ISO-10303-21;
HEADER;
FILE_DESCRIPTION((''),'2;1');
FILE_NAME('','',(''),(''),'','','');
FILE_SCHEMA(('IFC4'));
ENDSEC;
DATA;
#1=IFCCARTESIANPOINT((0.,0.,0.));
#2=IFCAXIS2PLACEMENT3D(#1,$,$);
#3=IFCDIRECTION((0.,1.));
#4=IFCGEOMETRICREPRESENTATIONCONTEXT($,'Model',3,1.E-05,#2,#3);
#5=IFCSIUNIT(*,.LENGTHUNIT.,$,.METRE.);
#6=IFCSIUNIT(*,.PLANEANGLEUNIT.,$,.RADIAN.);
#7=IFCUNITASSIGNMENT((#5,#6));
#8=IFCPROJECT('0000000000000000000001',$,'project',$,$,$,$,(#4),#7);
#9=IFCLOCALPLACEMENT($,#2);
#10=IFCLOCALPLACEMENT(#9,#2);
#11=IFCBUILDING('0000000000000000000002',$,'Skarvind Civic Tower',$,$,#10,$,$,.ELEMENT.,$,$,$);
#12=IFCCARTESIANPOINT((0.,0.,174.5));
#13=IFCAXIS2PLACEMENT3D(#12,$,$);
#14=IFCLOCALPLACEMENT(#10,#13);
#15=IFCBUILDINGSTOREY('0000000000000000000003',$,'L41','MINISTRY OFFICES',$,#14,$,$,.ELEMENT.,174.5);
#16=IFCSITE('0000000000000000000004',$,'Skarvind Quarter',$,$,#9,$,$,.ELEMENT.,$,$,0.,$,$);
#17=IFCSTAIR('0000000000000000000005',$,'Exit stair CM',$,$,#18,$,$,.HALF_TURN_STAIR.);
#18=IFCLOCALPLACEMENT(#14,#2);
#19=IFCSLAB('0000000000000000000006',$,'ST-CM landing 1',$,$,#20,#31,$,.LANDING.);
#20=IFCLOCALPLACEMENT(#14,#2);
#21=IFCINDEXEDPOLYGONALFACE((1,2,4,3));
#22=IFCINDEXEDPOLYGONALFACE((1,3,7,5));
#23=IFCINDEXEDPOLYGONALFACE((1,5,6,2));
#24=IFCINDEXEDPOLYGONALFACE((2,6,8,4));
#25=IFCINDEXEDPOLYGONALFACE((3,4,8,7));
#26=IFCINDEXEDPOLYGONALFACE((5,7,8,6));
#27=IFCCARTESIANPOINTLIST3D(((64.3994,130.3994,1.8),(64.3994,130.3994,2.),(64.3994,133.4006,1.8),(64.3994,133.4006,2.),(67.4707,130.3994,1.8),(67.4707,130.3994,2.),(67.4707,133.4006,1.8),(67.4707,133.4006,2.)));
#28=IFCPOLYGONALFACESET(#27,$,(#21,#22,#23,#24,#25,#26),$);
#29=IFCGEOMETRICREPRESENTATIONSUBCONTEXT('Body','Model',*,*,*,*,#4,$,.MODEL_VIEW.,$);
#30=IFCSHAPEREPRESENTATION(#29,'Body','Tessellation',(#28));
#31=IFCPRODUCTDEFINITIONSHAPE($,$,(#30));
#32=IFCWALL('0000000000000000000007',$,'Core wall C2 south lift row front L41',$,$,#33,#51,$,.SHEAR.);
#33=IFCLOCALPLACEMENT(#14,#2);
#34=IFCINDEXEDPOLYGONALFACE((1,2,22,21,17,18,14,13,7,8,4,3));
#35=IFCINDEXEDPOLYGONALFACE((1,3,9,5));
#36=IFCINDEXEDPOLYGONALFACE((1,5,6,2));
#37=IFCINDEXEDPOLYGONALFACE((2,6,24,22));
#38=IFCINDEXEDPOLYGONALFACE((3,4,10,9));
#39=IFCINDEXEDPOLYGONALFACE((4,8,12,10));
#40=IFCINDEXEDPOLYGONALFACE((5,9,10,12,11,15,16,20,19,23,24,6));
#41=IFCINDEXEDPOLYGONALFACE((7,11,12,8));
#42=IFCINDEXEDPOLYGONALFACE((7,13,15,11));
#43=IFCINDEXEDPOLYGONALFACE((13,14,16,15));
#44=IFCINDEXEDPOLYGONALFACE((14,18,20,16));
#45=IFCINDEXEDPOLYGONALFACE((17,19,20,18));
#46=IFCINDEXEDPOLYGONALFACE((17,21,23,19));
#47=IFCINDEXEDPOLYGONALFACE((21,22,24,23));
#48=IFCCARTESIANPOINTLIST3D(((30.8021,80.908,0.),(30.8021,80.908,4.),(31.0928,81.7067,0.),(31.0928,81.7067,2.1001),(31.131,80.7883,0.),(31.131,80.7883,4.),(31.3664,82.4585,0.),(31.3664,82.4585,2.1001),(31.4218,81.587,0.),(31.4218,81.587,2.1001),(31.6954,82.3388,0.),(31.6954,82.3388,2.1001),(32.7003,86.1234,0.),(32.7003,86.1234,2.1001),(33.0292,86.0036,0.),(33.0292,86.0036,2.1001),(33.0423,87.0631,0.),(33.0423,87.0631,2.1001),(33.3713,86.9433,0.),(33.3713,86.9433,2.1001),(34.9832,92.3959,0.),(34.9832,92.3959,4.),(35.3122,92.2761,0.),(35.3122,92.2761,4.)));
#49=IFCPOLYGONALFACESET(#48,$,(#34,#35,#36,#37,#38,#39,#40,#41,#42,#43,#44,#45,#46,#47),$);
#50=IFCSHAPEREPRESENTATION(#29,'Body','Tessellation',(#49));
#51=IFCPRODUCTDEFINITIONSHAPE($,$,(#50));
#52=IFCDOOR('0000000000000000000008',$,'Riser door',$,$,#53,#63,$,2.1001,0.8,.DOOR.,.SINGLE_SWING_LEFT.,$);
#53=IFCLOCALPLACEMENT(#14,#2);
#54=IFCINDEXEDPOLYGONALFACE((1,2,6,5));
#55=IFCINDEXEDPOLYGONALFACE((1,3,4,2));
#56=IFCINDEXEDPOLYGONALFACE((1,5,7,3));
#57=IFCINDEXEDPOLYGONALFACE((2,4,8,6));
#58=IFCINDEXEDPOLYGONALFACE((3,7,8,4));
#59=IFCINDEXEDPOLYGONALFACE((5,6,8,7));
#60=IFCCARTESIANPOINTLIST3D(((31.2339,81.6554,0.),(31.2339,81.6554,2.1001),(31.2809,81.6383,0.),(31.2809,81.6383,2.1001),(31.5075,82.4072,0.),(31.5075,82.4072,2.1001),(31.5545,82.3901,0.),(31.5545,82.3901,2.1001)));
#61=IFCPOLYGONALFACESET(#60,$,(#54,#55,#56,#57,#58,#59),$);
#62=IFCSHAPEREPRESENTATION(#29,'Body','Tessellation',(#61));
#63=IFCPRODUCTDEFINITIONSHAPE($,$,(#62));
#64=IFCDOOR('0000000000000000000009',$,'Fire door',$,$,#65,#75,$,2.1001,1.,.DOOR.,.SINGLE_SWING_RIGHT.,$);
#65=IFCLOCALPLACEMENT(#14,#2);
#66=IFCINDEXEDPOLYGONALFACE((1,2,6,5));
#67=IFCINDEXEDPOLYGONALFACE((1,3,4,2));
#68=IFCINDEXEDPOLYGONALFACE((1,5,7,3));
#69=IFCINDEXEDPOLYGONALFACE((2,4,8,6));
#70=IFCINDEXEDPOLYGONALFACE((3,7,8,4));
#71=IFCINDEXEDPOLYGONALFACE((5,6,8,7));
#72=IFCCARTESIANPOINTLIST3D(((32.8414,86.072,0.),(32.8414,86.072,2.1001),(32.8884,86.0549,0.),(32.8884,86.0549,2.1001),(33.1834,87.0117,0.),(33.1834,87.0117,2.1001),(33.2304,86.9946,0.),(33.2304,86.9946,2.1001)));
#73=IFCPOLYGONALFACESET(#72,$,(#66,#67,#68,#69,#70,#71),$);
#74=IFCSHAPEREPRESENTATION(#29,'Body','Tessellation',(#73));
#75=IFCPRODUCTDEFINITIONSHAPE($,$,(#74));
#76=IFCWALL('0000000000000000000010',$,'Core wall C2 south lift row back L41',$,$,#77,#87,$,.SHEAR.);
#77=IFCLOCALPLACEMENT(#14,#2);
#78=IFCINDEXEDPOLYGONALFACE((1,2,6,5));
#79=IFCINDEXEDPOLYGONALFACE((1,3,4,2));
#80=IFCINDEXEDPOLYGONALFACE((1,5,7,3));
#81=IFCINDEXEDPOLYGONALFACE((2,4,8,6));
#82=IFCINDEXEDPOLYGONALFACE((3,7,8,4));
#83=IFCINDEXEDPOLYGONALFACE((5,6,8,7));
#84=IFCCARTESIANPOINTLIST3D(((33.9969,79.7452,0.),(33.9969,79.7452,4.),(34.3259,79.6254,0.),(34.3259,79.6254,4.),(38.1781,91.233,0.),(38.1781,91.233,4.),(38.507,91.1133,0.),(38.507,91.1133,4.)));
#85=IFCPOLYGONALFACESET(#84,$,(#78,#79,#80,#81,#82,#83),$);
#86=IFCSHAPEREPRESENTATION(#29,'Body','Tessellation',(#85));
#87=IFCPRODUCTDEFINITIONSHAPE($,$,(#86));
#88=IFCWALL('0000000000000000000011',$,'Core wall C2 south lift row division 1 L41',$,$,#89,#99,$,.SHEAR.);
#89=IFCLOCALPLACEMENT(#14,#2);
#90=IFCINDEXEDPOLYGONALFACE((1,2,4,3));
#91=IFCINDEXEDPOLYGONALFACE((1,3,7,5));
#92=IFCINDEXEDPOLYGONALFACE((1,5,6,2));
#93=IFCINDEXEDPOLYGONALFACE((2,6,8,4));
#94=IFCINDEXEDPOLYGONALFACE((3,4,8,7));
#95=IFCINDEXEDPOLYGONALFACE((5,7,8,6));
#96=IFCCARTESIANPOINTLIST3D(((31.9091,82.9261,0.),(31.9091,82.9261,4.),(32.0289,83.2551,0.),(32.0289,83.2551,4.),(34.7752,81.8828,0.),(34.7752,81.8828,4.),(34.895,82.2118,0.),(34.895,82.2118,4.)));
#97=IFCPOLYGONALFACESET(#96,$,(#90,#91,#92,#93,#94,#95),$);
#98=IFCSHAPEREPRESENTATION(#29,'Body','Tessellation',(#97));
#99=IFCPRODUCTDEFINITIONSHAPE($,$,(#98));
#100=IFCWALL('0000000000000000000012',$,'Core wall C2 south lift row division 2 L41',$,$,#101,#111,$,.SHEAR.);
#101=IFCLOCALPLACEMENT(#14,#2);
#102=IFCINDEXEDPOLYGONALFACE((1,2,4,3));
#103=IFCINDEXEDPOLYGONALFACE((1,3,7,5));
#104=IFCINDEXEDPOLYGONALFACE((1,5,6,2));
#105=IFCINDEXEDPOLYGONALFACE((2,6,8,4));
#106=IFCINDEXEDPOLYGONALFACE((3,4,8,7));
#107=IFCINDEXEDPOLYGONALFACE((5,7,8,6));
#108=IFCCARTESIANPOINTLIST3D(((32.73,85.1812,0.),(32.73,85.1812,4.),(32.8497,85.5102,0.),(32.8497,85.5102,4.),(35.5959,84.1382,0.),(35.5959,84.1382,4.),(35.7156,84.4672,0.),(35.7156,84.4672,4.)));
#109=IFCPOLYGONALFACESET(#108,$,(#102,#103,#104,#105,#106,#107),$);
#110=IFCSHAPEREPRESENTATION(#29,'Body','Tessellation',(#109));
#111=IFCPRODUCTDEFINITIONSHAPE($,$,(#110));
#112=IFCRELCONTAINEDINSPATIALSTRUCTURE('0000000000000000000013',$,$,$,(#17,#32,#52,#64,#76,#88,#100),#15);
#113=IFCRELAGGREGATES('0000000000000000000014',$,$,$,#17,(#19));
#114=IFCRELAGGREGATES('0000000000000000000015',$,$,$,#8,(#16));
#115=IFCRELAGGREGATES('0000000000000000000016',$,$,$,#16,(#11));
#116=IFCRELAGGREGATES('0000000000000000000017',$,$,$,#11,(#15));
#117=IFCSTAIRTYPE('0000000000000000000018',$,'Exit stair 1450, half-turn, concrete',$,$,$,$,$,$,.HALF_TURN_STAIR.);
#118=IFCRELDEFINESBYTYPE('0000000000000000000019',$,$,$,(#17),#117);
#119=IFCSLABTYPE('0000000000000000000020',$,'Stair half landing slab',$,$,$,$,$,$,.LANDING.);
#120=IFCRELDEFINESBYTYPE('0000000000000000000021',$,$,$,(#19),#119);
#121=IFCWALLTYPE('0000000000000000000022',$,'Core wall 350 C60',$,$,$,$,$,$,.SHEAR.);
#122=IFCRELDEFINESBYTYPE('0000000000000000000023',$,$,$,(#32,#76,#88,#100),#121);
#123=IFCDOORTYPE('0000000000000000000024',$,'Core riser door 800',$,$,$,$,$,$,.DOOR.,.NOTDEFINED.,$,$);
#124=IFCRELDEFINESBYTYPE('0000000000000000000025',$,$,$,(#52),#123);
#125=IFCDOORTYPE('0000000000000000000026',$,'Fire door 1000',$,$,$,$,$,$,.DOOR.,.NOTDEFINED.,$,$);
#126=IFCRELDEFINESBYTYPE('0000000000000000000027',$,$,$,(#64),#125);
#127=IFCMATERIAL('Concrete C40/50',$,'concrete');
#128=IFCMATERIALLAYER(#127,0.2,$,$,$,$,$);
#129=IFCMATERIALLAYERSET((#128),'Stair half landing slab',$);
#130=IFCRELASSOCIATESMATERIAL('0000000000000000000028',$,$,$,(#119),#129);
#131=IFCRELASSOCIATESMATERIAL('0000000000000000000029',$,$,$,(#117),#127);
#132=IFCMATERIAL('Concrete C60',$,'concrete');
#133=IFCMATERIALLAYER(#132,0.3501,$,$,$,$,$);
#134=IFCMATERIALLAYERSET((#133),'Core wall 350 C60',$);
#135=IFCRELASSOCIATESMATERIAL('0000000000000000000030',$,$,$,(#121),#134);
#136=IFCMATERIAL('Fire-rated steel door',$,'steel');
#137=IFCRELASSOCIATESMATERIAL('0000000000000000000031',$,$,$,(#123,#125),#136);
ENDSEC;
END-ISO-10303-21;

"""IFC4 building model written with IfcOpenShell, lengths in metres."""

from ifc_helpers import new_model, si_unit, direction, frame, frame_2d, origin, place, context, subcontext, project, spatial, polyline, rectangle, outline, extrude, material, layer, layer_set, type_object, element, fill, aggregate, save


model = new_model("IFC4")

# Units and contexts
model_context = context("Model", 3, precision=1e-05, world=origin(), true_north=direction((0.0, 1.0)))
body_context = subcontext(model_context, "Body", "Model", "MODEL_VIEW")
ifc_project = project(units=[si_unit("LENGTHUNIT", "METRE"), si_unit("PLANEANGLEUNIT", "RADIAN")], contexts=[model_context])

# Site, building, storey
site_placement = place(None, origin())
site = spatial("IfcSite", under=ifc_project, at=site_placement, Name="Skarvind Quarter", CompositionType="ELEMENT", RefElevation=0.0)
building_placement = place(site_placement, origin())
building = spatial("IfcBuilding", under=site, at=building_placement, Name="Skarvind Civic Tower", CompositionType="ELEMENT")
storey_placement = place(building_placement, frame((0.0, 0.0, 174.5)))
storey = spatial("IfcBuildingStorey", under=building, at=storey_placement, Name="L41", Description="MINISTRY OFFICES", CompositionType="ELEMENT", Elevation=174.5)

# Shared definitions
ifc_material_1 = material(Name="Concrete C40/50", Category="concrete")

# Stair, slab
ifc_layer_1 = layer(ifc_material_1, 0.2)
ifc_layer_set_1 = layer_set([ifc_layer_1], Name="Stair half landing slab")
slab_type_1 = type_object("IfcSlabType", Name="Stair half landing slab", PredefinedType="LANDING", material=ifc_layer_set_1)
stair_type_1 = type_object("IfcStairType", Name="Exit stair 1450, half-turn, concrete", PredefinedType="HALF_TURN_STAIR", material=ifc_material_1)
stair_1_placement = place(storey_placement, origin())
stair_1 = element("IfcStair", 1, at=stair_1_placement, inside=storey, type_object=stair_type_1, Name="Exit stair CM", PredefinedType="HALF_TURN_STAIR")
slab_1_placement = place(storey_placement, frame((0.0, 0.0, 1.8)))
slab_1 = element("IfcSlab", 2, at=slab_1_placement, type_object=slab_type_1, Name="ST-CM landing 1", PredefinedType="LANDING", context=body_context, shape_type="SweptSolid", body=[
    extrude(outline(polyline([(67.4707, 133.4006), (67.4707, 130.3994), (64.3994, 130.3994), (64.3994, 133.4006), (67.4707, 133.4006)])), origin(), (0.0, 0.0, 1.0), 0.2),
])
aggregate(stair_1, [slab_1])

# Wall, openings, doors
ifc_material_2 = material(Name="Concrete C60", Category="concrete")
ifc_layer_2 = layer(ifc_material_2, 0.3501)
ifc_layer_set_2 = layer_set([ifc_layer_2], Name="Core wall 350 C60")
wall_type_1 = type_object("IfcWallType", Name="Core wall 350 C60", PredefinedType="SHEAR", material=ifc_layer_set_2)
wall_1_placement = place(storey_placement, frame((30.9666, 80.8481, 0.0), z_axis=(0.0, 0.0, 1.0), x_axis=(0.342016, 0.939694, 0.0)))
wall_1 = element("IfcWall", 3, at=wall_1_placement, inside=storey, type_object=wall_type_1, Name="Core wall C2 south lift row front L41", PredefinedType="SHEAR", context=body_context, shape_type="SweptSolid", body=[
    extrude(rectangle(XDim=12.2251, YDim=0.3501, at=frame_2d((6.1125, 0.0))), origin(), (0.0, 0.0, 1.0), 4.0),
])
opening_1_placement = place(wall_1_placement, frame((0.8501, 0.0, 0.0)))
opening_1 = element("IfcOpeningElement", 4, at=opening_1_placement, cuts=wall_1, PredefinedType="OPENING", context=body_context, shape_type="SweptSolid", body=[
    extrude(rectangle(XDim=0.8, YDim=2.1001, at=frame_2d((0.3999, 1.05))), frame((0.0, 0.1851, 0.0), z_axis=(0.0, -1.0, 0.0), x_axis=(1.0, 0.0, 0.0)), (0.0, 0.0, 1.0), 0.3701),
])
opening_2_placement = place(wall_1_placement, frame((5.55, 0.0, 0.0)))
opening_2 = element("IfcOpeningElement", 5, at=opening_2_placement, cuts=wall_1, PredefinedType="OPENING", context=body_context, shape_type="SweptSolid", body=[
    extrude(rectangle(XDim=1.0, YDim=2.1001, at=frame_2d((0.5, 1.05))), frame((0.0, 0.1851, 0.0), z_axis=(0.0, -1.0, 0.0), x_axis=(1.0, 0.0, 0.0)), (0.0, 0.0, 1.0), 0.3701),
])
ifc_material_3 = material(Name="Fire-rated steel door", Category="steel")
door_type_1 = type_object("IfcDoorType", Name="Core riser door 800", OperationType="NOTDEFINED", PredefinedType="DOOR", material=ifc_material_3)
door_1_placement = place(opening_1_placement, origin())
door_1 = element("IfcDoor", 6, at=door_1_placement, inside=storey, type_object=door_type_1, Name="Riser door", OperationType="SINGLE_SWING_LEFT", OverallHeight=2.1001, OverallWidth=0.8, PredefinedType="DOOR", context=body_context, shape_type="SweptSolid", body=[
    extrude(rectangle(XDim=0.8, YDim=2.1001, at=frame_2d((0.3999, 1.05))), frame((0.0, 0.0249, 0.0), z_axis=(0.0, -1.0, 0.0), x_axis=(1.0, 0.0, 0.0)), (0.0, 0.0, 1.0), 0.05),
])
fill(opening_1, door_1)
door_type_2 = type_object("IfcDoorType", Name="Fire door 1000", OperationType="NOTDEFINED", PredefinedType="DOOR", material=ifc_material_3)
door_2_placement = place(opening_2_placement, origin())
door_2 = element("IfcDoor", 7, at=door_2_placement, inside=storey, type_object=door_type_2, Name="Fire door", OperationType="SINGLE_SWING_RIGHT", OverallHeight=2.1001, OverallWidth=1.0, PredefinedType="DOOR", context=body_context, shape_type="SweptSolid", body=[
    extrude(rectangle(XDim=1.0, YDim=2.1001, at=frame_2d((0.5, 1.05))), frame((0.0, 0.0249, 0.0), z_axis=(0.0, -1.0, 0.0), x_axis=(1.0, 0.0, 0.0)), (0.0, 0.0, 1.0), 0.05),
])
fill(opening_2, door_2)

# Walls
wall_2_placement = place(storey_placement, frame((34.1614, 79.6853, 0.0), z_axis=(0.0, 0.0, 1.0), x_axis=(0.342016, 0.939694, 0.0)))
element("IfcWall", 8, at=wall_2_placement, inside=storey, type_object=wall_type_1, Name="Core wall C2 south lift row back L41", PredefinedType="SHEAR", context=body_context, shape_type="SweptSolid", body=[
    extrude(rectangle(XDim=12.2251, YDim=0.3501, at=frame_2d((6.1125, 0.0))), origin(), (0.0, 0.0, 1.0), 4.0),
])
wall_3_placement = place(storey_placement, frame((34.835, 82.0474, 0.0), z_axis=(0.0, 0.0, 1.0), x_axis=(-0.939684, 0.342045, 0.0)))
element("IfcWall", 9, at=wall_3_placement, inside=storey, type_object=wall_type_1, Name="Core wall C2 south lift row division 1 L41", PredefinedType="SHEAR", context=body_context, shape_type="SweptSolid", body=[
    extrude(rectangle(XDim=3.05, YDim=0.3501, at=frame_2d((1.5249, 0.0))), origin(), (0.0, 0.0, 1.0), 4.0),
])
wall_4_placement = place(storey_placement, frame((35.6558, 84.3027, 0.0), z_axis=(0.0, 0.0, 1.0), x_axis=(-0.939709, 0.341974, 0.0)))
element("IfcWall", 10, at=wall_4_placement, inside=storey, type_object=wall_type_1, Name="Core wall C2 south lift row division 2 L41", PredefinedType="SHEAR", context=body_context, shape_type="SweptSolid", body=[
    extrude(rectangle(XDim=3.0498, YDim=0.3501, at=frame_2d((1.5249, 0.0))), origin(), (0.0, 0.0, 1.0), 4.0),
])

save(model, "model.ifc")
